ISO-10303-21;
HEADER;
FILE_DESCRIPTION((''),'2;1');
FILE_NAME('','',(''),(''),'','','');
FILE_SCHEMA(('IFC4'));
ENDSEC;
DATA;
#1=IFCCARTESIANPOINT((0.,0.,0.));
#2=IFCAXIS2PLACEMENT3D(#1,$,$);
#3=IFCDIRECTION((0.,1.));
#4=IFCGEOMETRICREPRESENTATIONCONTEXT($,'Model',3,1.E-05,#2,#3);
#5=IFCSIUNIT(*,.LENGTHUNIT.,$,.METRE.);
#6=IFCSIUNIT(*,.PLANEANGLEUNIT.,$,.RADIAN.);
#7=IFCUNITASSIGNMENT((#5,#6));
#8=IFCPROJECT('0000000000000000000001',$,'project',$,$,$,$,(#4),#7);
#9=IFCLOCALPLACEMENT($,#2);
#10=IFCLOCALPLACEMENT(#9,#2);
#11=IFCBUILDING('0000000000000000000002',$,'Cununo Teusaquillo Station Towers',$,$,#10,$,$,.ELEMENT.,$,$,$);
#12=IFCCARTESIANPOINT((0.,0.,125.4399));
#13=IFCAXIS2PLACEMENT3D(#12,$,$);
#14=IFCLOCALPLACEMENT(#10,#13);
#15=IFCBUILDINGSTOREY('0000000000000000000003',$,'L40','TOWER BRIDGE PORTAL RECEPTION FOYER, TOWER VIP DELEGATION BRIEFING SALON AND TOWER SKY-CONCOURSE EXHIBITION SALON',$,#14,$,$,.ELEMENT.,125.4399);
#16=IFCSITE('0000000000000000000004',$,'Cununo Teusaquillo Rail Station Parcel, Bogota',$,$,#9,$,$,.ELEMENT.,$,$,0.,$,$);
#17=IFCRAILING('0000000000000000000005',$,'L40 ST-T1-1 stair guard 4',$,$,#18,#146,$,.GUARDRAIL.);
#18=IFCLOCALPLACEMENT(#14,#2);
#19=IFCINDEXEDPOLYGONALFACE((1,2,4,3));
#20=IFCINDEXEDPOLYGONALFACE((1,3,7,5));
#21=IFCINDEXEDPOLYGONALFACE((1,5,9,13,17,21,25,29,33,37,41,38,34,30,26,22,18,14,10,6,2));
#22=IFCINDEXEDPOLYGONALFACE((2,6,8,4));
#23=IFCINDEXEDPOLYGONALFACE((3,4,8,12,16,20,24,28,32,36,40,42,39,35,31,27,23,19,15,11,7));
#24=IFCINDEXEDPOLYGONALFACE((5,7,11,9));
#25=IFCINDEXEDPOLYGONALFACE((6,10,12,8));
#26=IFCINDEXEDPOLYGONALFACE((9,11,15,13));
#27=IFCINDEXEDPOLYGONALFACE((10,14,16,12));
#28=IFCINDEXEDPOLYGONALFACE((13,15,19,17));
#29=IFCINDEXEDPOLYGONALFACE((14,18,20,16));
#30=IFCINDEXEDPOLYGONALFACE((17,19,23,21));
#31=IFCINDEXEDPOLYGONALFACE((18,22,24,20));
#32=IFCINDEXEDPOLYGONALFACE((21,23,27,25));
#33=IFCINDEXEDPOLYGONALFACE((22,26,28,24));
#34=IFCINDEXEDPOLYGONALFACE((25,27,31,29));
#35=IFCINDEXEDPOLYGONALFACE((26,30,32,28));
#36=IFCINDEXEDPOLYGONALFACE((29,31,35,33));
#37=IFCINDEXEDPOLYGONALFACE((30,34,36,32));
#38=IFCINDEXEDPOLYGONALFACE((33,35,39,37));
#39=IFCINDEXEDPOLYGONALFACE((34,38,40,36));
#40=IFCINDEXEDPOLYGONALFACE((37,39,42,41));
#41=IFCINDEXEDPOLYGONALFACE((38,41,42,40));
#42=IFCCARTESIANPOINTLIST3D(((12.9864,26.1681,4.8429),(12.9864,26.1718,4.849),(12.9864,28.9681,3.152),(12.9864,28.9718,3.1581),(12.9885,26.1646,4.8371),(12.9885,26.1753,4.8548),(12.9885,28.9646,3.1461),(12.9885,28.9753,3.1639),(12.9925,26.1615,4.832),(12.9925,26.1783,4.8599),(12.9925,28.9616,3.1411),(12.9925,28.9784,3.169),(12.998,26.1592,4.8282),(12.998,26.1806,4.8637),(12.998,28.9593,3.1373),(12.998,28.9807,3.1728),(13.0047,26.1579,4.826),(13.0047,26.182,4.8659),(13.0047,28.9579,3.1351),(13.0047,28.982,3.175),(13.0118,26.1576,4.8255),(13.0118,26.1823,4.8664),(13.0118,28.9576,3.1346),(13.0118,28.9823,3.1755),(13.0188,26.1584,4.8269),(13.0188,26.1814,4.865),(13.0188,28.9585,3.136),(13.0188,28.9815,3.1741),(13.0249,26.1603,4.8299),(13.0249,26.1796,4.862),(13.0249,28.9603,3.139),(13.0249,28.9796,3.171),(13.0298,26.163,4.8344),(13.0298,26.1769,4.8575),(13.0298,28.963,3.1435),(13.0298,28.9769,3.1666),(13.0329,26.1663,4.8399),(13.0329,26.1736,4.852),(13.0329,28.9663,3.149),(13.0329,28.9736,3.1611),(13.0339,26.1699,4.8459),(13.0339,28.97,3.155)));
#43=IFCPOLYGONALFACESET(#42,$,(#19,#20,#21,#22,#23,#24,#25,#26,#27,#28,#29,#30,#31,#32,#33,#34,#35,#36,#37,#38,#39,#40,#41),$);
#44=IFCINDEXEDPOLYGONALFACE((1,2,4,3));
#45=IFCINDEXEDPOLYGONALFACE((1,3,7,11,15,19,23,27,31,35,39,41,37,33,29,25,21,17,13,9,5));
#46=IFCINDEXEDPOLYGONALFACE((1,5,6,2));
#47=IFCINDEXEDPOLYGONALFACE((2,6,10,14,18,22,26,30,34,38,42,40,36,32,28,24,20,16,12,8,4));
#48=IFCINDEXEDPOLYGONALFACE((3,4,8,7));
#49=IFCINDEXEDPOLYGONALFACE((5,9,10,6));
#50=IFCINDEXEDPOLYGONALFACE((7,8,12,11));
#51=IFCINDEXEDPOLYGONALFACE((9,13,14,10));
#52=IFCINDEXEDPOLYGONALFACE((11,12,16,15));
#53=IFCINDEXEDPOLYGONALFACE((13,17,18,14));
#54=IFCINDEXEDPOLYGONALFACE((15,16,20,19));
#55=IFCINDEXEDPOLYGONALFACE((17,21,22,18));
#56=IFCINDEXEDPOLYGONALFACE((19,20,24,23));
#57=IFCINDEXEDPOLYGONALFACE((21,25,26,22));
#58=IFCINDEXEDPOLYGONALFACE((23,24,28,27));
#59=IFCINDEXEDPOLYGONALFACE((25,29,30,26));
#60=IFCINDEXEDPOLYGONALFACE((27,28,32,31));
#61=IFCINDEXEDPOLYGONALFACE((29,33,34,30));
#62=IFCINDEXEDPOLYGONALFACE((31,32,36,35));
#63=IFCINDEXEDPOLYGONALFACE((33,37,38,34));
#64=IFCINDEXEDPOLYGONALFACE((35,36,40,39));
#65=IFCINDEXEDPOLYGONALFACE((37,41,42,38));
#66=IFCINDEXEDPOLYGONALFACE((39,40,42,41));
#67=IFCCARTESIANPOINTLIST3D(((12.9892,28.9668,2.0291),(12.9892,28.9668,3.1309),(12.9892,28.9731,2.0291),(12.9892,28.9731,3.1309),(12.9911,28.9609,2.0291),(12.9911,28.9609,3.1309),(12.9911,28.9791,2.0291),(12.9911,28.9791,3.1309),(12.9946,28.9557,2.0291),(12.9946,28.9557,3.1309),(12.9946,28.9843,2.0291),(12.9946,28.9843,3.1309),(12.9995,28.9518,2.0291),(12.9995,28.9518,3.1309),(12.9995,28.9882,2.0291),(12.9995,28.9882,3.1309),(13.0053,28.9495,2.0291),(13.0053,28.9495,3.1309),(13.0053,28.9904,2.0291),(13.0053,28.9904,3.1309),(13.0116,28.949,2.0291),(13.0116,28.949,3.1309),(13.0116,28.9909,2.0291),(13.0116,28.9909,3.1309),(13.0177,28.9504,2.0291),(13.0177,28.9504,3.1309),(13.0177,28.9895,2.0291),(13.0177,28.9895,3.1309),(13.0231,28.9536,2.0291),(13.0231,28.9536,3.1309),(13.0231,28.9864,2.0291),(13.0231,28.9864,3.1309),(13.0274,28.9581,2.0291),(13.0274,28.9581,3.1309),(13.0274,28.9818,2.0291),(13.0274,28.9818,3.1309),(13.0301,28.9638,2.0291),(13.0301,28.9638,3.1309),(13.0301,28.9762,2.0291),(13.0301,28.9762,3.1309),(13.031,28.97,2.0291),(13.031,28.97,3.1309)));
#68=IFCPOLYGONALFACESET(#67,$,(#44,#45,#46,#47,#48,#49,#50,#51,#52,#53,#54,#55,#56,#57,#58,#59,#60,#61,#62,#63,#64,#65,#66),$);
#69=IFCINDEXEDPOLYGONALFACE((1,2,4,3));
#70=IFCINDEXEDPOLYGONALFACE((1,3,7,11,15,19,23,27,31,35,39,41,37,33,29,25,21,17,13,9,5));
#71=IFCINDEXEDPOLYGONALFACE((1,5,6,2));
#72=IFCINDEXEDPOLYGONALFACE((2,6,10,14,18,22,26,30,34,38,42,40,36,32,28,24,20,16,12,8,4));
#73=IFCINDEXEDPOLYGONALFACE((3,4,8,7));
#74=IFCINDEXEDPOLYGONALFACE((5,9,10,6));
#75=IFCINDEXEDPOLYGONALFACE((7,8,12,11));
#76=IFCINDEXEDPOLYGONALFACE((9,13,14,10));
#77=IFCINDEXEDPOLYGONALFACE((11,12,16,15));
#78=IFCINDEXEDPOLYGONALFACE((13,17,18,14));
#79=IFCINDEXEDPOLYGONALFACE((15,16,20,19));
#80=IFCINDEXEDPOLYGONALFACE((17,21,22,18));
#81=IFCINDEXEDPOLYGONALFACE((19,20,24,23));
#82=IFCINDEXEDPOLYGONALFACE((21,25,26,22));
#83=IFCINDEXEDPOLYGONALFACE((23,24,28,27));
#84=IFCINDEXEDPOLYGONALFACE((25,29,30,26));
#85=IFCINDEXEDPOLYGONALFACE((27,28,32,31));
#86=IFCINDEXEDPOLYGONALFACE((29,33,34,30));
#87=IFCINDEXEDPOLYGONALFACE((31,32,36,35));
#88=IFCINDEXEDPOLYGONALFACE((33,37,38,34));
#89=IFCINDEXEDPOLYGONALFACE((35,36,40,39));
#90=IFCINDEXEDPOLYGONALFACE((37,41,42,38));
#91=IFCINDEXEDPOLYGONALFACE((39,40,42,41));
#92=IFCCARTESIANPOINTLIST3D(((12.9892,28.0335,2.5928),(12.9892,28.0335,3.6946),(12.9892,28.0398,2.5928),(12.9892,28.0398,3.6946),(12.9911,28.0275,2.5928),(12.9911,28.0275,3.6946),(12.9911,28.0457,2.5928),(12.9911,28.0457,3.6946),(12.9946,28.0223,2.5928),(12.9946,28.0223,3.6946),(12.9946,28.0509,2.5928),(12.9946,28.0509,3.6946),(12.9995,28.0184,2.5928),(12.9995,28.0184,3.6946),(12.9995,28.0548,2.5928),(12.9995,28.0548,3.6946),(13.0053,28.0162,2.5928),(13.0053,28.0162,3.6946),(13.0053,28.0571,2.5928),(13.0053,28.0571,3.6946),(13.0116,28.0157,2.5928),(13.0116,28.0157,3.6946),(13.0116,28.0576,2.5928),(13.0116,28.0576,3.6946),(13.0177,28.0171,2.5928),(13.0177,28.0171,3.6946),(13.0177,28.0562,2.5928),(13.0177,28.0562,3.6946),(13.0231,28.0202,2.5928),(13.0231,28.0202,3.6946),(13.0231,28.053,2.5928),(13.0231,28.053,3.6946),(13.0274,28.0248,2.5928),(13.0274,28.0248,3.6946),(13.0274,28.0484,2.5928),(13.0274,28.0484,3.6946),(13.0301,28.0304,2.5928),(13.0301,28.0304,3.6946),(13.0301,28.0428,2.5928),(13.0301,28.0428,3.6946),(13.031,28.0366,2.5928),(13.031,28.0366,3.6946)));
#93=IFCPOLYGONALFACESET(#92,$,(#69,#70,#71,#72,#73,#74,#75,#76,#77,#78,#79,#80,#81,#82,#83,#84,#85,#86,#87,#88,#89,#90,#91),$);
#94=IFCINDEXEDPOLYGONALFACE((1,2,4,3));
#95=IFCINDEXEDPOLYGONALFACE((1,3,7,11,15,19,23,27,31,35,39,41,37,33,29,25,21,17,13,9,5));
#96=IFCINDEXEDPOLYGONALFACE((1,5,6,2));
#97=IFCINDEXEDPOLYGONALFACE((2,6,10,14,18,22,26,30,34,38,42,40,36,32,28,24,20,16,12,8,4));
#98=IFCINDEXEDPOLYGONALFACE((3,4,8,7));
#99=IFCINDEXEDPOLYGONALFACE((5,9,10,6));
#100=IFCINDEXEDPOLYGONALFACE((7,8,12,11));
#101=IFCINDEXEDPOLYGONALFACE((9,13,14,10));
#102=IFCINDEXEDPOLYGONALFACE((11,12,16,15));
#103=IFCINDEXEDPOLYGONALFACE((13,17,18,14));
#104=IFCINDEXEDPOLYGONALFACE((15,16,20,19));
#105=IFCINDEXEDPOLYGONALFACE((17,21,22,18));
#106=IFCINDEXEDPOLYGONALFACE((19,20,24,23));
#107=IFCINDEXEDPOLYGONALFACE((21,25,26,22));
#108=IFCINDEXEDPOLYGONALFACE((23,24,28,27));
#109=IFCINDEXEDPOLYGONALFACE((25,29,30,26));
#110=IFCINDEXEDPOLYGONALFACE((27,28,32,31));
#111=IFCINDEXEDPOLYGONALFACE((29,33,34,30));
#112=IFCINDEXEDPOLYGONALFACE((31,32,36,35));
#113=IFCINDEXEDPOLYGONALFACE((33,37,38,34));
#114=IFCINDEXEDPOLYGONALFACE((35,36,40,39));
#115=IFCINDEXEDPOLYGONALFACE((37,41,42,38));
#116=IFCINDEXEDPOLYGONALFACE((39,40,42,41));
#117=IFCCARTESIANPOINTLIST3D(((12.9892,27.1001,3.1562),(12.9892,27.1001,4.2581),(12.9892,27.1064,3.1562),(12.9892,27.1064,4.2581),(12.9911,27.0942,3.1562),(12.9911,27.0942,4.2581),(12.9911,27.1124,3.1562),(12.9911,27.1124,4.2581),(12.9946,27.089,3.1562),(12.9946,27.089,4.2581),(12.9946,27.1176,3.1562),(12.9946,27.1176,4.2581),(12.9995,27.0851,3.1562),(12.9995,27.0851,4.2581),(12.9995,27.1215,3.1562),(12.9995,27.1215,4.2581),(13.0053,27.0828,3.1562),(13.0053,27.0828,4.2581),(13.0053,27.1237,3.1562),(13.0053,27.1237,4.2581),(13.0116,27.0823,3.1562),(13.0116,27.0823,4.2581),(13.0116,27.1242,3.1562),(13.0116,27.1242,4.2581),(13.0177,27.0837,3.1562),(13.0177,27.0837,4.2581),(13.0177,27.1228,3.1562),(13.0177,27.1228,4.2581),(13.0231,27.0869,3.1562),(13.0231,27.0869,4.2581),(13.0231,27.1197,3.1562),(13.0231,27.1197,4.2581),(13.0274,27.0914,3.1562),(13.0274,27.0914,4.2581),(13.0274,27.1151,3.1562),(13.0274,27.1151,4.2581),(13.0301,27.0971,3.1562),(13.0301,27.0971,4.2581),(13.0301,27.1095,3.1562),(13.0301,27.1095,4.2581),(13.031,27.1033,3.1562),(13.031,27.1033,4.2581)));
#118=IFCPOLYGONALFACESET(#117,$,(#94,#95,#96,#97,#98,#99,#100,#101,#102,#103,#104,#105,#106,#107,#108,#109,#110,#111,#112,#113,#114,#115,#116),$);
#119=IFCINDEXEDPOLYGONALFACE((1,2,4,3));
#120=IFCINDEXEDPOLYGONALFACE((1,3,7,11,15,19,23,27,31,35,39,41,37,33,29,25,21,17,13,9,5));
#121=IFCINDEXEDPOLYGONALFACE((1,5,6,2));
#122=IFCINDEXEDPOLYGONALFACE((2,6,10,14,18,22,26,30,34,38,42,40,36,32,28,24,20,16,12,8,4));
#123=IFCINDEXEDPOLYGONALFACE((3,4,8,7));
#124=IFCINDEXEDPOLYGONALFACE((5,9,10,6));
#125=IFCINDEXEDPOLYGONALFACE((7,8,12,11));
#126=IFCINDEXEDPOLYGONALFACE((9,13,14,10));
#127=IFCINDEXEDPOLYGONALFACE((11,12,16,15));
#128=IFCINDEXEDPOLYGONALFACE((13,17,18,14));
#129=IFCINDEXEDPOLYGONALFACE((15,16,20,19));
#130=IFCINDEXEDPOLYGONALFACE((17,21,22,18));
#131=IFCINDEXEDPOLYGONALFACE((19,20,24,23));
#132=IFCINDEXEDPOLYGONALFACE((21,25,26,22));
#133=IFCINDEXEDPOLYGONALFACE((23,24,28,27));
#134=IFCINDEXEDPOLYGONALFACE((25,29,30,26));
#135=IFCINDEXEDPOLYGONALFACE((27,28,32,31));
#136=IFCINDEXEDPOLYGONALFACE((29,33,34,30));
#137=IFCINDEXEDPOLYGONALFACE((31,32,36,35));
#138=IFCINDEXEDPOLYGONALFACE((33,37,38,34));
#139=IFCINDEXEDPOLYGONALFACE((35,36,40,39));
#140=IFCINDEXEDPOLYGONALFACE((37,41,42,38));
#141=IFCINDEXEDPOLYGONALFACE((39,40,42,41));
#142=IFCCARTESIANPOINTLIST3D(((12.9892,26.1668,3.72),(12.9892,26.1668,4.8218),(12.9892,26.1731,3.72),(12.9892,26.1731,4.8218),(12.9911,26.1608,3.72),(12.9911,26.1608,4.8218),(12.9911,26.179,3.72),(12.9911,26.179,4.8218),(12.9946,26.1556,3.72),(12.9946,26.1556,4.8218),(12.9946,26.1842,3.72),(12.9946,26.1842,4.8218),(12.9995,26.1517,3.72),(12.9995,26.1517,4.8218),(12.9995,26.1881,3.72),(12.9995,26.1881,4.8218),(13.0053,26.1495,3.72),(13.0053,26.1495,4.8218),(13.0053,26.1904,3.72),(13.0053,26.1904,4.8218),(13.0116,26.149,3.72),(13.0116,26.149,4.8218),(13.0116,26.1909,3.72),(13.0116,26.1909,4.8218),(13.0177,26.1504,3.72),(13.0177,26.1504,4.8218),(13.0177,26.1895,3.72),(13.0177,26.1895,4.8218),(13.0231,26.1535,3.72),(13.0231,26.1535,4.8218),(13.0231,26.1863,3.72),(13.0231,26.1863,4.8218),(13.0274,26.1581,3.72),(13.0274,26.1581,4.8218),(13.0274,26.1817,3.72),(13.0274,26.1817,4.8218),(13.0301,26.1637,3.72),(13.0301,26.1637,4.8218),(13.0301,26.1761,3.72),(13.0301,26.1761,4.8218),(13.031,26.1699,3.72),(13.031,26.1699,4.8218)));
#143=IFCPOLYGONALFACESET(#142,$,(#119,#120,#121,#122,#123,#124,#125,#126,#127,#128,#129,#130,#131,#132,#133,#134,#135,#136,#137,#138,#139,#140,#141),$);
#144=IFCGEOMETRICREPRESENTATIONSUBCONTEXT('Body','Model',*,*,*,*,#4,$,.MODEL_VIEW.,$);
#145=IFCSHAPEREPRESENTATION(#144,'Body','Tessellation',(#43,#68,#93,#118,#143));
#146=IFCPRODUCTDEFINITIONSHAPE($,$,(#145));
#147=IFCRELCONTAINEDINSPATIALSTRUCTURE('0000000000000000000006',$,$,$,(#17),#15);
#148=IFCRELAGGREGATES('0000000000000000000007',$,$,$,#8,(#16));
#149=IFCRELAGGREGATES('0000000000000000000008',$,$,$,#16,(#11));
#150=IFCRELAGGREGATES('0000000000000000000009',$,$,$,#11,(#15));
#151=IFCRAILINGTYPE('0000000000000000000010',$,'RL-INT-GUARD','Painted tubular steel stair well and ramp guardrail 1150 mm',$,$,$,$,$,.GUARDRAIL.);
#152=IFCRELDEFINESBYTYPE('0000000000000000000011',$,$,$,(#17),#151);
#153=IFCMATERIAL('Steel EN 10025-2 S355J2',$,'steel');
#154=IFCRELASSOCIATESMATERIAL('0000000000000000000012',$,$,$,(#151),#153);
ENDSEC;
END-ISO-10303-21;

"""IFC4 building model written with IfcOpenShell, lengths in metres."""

from ifc_helpers import new_model, si_unit, direction, frame, origin, origin_2d, place, context, subcontext, project, spatial, circle, extrude, material, type_object, element, save


model = new_model("IFC4")

# Units and contexts
model_context = context("Model", 3, precision=1e-05, world=origin(), true_north=direction((0.0, 1.0)))
body_context = subcontext(model_context, "Body", "Model", "MODEL_VIEW")
ifc_project = project(units=[si_unit("LENGTHUNIT", "METRE"), si_unit("PLANEANGLEUNIT", "RADIAN")], contexts=[model_context])

# Site, building, storey
site_placement = place(None, origin())
site = spatial("IfcSite", under=ifc_project, at=site_placement, Name="Cununo Teusaquillo Rail Station Parcel, Bogota", CompositionType="ELEMENT", RefElevation=0.0)
building_placement = place(site_placement, origin())
building = spatial("IfcBuilding", under=site, at=building_placement, Name="Cununo Teusaquillo Station Towers", CompositionType="ELEMENT")
storey_placement = place(building_placement, frame((0.0, 0.0, 125.4399)))
storey = spatial("IfcBuildingStorey", under=building, at=storey_placement, Name="L40", Description="TOWER BRIDGE PORTAL RECEPTION FOYER, TOWER VIP DELEGATION BRIEFING SALON AND TOWER SKY-CONCOURSE EXHIBITION SALON", CompositionType="ELEMENT", Elevation=125.4399)

# Railing
ifc_material_1 = material(Name="Steel EN 10025-2 S355J2", Category="steel")
railing_type_1 = type_object("IfcRailingType", Name="RL-INT-GUARD", Description="Painted tubular steel stair well and ramp guardrail 1150 mm", PredefinedType="GUARDRAIL", material=ifc_material_1)
railing_1_placement = place(storey_placement, frame((13.01, 28.97, 2.0291)))
element("IfcRailing", 1, at=railing_1_placement, inside=storey, type_object=railing_type_1, Name="L40 ST-T1-1 stair guard 4", PredefinedType="GUARDRAIL", context=body_context, shape_type="SweptSolid", body=[
    extrude(circle(Radius=0.0239, at=origin_2d()), frame((0.0, 0.0, 1.126), z_axis=(0.0, -0.856021, 0.516941), x_axis=(1.0, 0.0, 0.0)), (0.0, 0.0, 1.0), 3.271),
    extrude(circle(Radius=0.021, at=origin_2d()), origin(), (0.0, 0.0, 1.0), 1.1018),
    extrude(circle(Radius=0.021, at=origin_2d()), frame((0.0, -0.9333, 0.5637)), (0.0, 0.0, 1.0), 1.1018),
    extrude(circle(Radius=0.021, at=origin_2d()), frame((0.0, -1.8667, 1.1272)), (0.0, 0.0, 1.0), 1.1018),
    extrude(circle(Radius=0.021, at=origin_2d()), frame((0.0, -2.8, 1.6909)), (0.0, 0.0, 1.0), 1.1018),
])

save(model, "model.ifc")
